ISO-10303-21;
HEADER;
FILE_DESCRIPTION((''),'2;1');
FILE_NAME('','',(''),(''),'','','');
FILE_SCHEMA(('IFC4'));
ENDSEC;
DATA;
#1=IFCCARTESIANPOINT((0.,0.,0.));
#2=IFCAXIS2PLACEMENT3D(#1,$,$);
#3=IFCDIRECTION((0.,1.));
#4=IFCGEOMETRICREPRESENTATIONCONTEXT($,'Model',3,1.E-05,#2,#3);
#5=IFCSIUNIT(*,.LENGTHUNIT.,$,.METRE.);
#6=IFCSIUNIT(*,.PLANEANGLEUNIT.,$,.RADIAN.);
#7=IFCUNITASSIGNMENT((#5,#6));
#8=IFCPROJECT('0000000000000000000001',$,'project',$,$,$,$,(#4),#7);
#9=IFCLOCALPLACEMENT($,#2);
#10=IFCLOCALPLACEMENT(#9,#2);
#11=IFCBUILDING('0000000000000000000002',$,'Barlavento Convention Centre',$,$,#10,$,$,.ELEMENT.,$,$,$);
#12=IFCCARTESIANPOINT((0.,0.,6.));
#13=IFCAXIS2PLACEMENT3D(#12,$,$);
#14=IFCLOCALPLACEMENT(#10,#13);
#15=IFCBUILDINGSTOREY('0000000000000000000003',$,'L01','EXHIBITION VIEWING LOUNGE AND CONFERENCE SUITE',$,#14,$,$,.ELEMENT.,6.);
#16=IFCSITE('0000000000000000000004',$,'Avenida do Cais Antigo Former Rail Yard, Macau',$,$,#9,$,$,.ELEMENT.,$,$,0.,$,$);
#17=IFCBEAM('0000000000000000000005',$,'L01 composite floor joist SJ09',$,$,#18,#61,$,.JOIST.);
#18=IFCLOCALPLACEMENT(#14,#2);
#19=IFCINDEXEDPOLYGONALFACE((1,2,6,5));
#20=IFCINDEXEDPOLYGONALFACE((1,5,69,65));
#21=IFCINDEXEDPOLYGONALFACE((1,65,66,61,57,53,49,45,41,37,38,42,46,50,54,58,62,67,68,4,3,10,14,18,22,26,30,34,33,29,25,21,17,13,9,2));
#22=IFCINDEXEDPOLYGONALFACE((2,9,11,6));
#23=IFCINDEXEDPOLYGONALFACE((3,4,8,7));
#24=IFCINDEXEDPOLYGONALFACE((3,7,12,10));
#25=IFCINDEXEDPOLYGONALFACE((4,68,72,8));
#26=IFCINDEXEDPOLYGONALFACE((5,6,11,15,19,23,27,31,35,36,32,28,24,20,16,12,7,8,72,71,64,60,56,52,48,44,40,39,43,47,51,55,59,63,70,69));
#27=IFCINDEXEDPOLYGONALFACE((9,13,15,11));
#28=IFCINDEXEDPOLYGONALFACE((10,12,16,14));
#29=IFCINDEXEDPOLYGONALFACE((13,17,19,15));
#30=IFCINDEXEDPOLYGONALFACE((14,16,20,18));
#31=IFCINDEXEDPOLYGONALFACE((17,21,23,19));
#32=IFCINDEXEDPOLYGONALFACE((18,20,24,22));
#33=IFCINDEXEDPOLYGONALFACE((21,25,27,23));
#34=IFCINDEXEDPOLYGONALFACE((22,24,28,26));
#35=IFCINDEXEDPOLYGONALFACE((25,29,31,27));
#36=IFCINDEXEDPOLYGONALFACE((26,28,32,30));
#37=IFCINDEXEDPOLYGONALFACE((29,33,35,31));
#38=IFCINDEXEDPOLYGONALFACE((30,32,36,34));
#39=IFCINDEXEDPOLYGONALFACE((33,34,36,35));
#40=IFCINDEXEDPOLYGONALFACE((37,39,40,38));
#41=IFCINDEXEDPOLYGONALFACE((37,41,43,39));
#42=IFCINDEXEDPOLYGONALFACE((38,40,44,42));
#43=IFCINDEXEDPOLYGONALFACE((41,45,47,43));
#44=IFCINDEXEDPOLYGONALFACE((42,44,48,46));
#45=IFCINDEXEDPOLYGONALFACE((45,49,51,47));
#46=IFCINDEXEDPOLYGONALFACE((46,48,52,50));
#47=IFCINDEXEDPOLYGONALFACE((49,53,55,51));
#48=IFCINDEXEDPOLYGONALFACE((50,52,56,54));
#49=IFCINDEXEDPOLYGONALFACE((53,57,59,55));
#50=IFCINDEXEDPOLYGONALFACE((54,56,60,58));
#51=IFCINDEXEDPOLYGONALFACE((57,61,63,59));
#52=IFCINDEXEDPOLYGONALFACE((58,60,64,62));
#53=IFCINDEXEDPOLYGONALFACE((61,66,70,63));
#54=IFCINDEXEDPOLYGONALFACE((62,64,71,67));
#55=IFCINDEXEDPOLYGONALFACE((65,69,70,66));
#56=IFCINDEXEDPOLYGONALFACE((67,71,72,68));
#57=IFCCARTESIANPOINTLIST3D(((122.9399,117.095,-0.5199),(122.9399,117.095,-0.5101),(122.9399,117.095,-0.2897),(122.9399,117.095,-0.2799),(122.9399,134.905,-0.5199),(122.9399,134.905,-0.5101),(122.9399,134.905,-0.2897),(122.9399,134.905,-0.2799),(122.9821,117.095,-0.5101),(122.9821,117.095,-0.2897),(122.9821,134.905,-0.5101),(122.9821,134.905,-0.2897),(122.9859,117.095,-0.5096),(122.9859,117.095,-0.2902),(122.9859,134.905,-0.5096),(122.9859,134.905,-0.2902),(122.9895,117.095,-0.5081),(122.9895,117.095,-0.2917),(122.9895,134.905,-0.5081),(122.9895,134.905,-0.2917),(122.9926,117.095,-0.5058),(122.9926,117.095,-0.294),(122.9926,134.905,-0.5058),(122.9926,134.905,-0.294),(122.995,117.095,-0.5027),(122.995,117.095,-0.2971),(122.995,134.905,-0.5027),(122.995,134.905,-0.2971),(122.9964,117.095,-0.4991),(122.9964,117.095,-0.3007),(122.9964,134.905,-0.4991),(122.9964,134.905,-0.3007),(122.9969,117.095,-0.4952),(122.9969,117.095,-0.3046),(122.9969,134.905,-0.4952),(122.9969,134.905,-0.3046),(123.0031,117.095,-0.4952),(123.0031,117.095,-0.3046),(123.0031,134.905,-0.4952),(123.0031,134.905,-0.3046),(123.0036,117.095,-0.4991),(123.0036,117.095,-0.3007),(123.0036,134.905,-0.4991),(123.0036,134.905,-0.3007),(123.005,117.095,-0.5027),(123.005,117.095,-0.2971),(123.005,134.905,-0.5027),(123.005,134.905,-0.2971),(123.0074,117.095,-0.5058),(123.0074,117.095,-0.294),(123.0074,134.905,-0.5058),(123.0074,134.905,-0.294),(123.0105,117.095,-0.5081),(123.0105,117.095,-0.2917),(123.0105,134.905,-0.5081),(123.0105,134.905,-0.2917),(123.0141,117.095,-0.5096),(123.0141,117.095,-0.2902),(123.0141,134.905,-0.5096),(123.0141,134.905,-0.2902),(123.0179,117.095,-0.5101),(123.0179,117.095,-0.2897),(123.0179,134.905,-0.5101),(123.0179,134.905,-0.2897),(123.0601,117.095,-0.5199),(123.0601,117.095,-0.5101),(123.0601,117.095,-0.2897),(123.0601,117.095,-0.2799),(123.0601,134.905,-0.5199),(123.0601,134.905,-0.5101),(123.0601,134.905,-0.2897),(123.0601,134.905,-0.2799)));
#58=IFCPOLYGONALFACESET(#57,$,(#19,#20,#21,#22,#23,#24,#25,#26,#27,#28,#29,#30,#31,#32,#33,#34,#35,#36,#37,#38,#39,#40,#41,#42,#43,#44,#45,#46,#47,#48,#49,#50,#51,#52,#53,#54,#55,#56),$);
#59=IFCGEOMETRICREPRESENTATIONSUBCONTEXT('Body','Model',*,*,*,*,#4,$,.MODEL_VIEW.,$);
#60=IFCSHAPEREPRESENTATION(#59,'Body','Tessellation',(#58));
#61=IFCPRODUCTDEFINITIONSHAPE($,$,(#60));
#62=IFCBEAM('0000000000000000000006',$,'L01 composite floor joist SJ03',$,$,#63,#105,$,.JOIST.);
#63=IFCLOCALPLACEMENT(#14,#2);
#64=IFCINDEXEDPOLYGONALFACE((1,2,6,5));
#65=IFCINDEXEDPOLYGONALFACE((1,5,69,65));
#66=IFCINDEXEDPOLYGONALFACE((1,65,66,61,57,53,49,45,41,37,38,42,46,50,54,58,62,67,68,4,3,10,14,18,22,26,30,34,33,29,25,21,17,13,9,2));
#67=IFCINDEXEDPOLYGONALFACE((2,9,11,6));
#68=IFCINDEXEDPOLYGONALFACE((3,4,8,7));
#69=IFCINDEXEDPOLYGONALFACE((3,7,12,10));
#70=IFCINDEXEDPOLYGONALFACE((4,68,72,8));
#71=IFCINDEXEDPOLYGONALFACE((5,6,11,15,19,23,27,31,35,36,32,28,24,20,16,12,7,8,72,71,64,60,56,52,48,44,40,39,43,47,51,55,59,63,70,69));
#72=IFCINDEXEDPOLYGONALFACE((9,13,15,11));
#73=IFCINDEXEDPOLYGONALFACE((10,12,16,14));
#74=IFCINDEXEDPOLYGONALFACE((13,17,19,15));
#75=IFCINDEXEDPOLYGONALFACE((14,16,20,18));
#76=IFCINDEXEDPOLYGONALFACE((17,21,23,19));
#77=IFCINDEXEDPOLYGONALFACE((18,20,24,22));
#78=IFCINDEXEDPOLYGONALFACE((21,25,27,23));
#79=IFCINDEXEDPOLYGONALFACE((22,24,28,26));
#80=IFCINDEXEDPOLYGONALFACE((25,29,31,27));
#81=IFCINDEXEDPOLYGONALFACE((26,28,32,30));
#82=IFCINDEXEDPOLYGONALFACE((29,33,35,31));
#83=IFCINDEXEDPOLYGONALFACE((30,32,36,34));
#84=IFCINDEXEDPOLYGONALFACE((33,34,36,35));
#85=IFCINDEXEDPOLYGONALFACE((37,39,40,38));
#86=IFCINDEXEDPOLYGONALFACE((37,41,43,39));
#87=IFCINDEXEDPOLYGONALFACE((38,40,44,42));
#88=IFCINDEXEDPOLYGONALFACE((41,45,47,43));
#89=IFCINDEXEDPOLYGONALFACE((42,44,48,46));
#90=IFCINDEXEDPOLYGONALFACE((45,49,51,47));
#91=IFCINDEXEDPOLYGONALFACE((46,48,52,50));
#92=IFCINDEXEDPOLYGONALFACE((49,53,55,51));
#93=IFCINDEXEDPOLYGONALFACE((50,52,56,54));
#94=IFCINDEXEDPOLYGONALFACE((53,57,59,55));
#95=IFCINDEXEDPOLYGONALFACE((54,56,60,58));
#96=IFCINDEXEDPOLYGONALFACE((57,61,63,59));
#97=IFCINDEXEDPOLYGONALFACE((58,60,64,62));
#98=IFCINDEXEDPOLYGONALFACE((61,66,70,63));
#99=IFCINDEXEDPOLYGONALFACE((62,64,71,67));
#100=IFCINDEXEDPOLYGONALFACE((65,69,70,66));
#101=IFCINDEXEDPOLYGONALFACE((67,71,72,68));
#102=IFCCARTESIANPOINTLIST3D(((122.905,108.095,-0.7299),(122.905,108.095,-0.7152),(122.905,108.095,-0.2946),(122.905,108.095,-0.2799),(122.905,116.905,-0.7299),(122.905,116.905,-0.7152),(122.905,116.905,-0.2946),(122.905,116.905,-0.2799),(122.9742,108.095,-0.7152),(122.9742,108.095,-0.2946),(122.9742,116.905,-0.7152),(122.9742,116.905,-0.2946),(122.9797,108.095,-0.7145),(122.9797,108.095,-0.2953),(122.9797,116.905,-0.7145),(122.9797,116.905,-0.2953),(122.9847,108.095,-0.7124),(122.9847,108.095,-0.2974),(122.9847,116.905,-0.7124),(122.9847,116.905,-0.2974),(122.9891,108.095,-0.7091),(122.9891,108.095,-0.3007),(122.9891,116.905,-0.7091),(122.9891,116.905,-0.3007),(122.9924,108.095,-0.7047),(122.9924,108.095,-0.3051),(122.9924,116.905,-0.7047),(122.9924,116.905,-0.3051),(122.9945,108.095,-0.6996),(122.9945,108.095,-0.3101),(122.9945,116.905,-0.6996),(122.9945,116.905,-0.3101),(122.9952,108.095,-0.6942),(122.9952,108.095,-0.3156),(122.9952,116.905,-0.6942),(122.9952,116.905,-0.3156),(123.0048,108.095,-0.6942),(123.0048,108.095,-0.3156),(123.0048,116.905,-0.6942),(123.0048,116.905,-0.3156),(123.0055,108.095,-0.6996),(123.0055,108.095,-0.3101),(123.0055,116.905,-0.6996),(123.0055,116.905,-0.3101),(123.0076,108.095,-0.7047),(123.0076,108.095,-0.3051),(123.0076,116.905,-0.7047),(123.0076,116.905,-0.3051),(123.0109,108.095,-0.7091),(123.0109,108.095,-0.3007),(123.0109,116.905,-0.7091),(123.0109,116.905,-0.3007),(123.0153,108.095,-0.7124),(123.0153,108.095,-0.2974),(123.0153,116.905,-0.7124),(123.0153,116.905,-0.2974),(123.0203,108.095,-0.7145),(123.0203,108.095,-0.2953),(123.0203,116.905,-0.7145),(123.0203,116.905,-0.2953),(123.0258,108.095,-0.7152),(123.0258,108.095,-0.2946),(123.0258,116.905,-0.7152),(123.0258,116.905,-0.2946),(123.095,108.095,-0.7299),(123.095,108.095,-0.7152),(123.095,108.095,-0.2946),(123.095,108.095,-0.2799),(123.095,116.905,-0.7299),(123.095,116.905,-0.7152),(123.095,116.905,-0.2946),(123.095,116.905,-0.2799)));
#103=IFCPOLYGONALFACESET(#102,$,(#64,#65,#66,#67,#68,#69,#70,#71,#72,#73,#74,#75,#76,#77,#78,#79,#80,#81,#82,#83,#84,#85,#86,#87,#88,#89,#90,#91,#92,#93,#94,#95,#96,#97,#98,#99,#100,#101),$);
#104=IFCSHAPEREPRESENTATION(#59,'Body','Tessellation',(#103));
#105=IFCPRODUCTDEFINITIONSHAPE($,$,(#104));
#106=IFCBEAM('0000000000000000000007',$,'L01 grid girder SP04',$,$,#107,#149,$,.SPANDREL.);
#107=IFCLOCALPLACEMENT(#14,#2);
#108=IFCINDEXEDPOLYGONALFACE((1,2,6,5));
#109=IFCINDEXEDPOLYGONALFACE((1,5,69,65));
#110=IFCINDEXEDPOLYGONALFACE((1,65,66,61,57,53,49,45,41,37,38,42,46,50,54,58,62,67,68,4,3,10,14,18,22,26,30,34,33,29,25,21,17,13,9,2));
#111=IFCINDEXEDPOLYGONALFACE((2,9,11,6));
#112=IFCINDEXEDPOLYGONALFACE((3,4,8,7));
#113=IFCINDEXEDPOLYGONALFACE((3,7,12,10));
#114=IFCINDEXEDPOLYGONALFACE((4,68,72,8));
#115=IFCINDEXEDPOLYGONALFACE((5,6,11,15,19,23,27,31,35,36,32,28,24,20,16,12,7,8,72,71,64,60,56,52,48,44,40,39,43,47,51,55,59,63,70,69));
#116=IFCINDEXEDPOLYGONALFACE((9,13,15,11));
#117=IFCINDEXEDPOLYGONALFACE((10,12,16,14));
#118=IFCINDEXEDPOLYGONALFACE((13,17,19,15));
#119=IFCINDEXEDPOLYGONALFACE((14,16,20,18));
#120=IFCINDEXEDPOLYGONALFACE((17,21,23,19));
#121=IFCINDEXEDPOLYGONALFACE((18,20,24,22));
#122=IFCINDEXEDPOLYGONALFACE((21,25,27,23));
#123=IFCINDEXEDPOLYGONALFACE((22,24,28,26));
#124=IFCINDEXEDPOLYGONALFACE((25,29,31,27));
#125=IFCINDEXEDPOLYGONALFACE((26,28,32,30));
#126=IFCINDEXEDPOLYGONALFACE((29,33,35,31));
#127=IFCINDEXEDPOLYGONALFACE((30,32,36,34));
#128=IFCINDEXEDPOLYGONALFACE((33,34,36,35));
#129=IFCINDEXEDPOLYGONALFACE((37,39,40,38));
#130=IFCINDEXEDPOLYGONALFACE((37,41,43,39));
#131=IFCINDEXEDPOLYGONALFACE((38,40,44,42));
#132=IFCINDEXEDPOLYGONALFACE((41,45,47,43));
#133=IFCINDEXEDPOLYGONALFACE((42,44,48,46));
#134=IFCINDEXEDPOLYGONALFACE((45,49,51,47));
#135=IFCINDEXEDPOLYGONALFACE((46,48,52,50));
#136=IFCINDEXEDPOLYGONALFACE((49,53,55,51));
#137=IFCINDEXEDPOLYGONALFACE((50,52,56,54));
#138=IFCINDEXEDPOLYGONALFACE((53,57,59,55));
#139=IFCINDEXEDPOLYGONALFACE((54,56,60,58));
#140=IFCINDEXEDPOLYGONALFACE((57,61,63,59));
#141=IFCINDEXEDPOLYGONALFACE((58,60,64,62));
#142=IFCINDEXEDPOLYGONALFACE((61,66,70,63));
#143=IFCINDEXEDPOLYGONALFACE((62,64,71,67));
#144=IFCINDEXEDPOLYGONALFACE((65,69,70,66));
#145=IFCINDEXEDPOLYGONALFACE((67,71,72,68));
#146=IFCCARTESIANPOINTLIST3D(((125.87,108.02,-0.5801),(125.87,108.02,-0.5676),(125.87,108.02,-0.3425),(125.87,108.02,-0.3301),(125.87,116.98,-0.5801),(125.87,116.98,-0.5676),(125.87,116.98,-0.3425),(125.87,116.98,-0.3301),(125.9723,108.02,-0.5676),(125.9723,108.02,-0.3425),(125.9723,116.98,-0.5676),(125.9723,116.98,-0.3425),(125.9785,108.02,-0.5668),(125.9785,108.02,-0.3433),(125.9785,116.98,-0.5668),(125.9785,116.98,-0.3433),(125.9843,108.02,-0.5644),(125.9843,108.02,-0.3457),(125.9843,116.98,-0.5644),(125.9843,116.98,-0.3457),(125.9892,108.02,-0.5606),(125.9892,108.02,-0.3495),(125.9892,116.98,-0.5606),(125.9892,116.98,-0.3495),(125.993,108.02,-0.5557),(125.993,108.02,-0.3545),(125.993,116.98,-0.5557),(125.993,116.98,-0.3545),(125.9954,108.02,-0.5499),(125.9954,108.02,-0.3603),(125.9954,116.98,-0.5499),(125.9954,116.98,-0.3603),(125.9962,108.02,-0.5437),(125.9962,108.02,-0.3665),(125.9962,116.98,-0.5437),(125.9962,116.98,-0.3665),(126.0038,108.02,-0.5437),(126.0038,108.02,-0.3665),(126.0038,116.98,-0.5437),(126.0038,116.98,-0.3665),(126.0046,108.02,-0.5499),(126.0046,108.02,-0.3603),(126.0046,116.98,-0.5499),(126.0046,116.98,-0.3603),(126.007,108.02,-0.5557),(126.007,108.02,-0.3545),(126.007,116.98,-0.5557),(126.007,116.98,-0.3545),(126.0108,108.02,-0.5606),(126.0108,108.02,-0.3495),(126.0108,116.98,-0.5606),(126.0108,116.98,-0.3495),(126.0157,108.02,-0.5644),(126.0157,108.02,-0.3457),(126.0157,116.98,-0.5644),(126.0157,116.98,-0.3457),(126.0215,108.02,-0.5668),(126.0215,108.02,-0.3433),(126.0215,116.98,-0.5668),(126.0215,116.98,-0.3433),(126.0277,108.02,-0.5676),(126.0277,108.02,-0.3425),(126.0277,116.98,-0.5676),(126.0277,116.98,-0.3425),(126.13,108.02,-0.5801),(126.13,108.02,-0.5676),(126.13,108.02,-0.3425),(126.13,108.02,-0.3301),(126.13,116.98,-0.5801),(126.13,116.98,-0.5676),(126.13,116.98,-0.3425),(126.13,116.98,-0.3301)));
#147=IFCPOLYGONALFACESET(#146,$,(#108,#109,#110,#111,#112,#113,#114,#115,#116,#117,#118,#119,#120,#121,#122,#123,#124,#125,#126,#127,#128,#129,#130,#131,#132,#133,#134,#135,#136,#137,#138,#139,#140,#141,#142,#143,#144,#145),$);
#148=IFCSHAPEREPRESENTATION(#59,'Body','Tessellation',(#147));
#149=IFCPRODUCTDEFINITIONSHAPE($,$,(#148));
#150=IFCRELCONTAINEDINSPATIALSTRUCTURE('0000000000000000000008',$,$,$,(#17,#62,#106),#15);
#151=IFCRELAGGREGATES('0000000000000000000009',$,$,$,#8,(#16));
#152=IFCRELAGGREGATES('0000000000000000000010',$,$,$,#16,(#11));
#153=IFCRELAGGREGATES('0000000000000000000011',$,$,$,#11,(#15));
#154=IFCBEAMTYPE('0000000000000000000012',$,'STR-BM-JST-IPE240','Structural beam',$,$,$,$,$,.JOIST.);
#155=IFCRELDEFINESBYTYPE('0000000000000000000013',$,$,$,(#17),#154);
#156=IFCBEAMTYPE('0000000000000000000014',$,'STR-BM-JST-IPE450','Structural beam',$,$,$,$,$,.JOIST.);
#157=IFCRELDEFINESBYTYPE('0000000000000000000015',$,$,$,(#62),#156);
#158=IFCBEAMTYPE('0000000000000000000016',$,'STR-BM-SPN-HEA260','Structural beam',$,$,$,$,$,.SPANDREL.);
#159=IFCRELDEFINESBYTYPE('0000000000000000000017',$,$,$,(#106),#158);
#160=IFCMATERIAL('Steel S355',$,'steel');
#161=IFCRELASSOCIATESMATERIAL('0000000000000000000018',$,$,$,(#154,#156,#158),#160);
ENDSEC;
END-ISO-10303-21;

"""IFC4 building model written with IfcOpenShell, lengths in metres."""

from ifc_helpers import new_model, si_unit, direction, frame, origin, origin_2d, place, context, subcontext, project, spatial, i_section, extrude, material, material_profile, profile_set, type_object, element, save


model = new_model("IFC4")

# Units and contexts
model_context = context("Model", 3, precision=1e-05, world=origin(), true_north=direction((0.0, 1.0)))
body_context = subcontext(model_context, "Body", "Model", "MODEL_VIEW")
ifc_project = project(units=[si_unit("LENGTHUNIT", "METRE"), si_unit("PLANEANGLEUNIT", "RADIAN")], contexts=[model_context])

# Site, building, storey
site_placement = place(None, origin())
site = spatial("IfcSite", under=ifc_project, at=site_placement, Name="Avenida do Cais Antigo Former Rail Yard, Macau", CompositionType="ELEMENT", RefElevation=0.0)
building_placement = place(site_placement, origin())
building = spatial("IfcBuilding", under=site, at=building_placement, Name="Barlavento Convention Centre", CompositionType="ELEMENT")
storey_placement = place(building_placement, frame((0.0, 0.0, 6.0)))
storey = spatial("IfcBuildingStorey", under=building, at=storey_placement, Name="L01", Description="EXHIBITION VIEWING LOUNGE AND CONFERENCE SUITE", CompositionType="ELEMENT", Elevation=6.0)

# Shared definitions
ifc_material_1 = material(Name="Steel S355", Category="steel")

# Beams
ifc_material_profile_1 = material_profile(ifc_material_1, i_section(OverallWidth=0.1201, OverallDepth=0.24, WebThickness=0.0061, FlangeThickness=0.0098, FilletRadius=0.0149, at=origin_2d()), Name="IPE 240")
ifc_profile_set_1 = profile_set([ifc_material_profile_1], Name="Steel S355")
beam_type_1 = type_object("IfcBeamType", Name="STR-BM-JST-IPE240", Description="Structural beam", PredefinedType="JOIST", material=ifc_profile_set_1)
beam_1_placement = place(storey_placement, frame((123.0, 117.095, -0.3999), z_axis=(0.0, 1.0, 0.0), x_axis=(-1.0, 0.0, 0.0)))
element("IfcBeam", 1, at=beam_1_placement, inside=storey, type_object=beam_type_1, Name="L01 composite floor joist SJ09", PredefinedType="JOIST", context=body_context, shape_type="SweptSolid", body=[
    extrude(i_section(OverallWidth=0.1201, OverallDepth=0.24, WebThickness=0.0061, FlangeThickness=0.0098, FilletRadius=0.0149, at=origin_2d()), origin(), (0.0, 0.0, 1.0), 17.8101),
])
ifc_material_profile_2 = material_profile(ifc_material_1, i_section(OverallWidth=0.1899, OverallDepth=0.45, WebThickness=0.0095, FlangeThickness=0.0146, FilletRadius=0.021, at=origin_2d()), Name="IPE 450")
ifc_profile_set_2 = profile_set([ifc_material_profile_2], Name="Steel S355")
beam_type_2 = type_object("IfcBeamType", Name="STR-BM-JST-IPE450", Description="Structural beam", PredefinedType="JOIST", material=ifc_profile_set_2)
beam_2_placement = place(storey_placement, frame((123.0, 108.095, -0.5049), z_axis=(0.0, 1.0, 0.0), x_axis=(-1.0, 0.0, 0.0)))
element("IfcBeam", 2, at=beam_2_placement, inside=storey, type_object=beam_type_2, Name="L01 composite floor joist SJ03", PredefinedType="JOIST", context=body_context, shape_type="SweptSolid", body=[
    extrude(i_section(OverallWidth=0.1899, OverallDepth=0.45, WebThickness=0.0095, FlangeThickness=0.0146, FilletRadius=0.021, at=origin_2d()), origin(), (0.0, 0.0, 1.0), 8.8101),
])
ifc_material_profile_3 = material_profile(ifc_material_1, i_section(OverallWidth=0.26, OverallDepth=0.25, WebThickness=0.0076, FlangeThickness=0.0125, FilletRadius=0.0239, at=origin_2d()), Name="HEA 260")
ifc_profile_set_3 = profile_set([ifc_material_profile_3], Name="Steel S355")
beam_type_3 = type_object("IfcBeamType", Name="STR-BM-SPN-HEA260", Description="Structural beam", PredefinedType="SPANDREL", material=ifc_profile_set_3)
beam_3_placement = place(storey_placement, frame((126.0, 108.02, -0.4551), z_axis=(0.0, 1.0, 0.0), x_axis=(-1.0, 0.0, 0.0)))
element("IfcBeam", 3, at=beam_3_placement, inside=storey, type_object=beam_type_3, Name="L01 grid girder SP04", PredefinedType="SPANDREL", context=body_context, shape_type="SweptSolid", body=[
    extrude(i_section(OverallWidth=0.26, OverallDepth=0.25, WebThickness=0.0076, FlangeThickness=0.0125, FilletRadius=0.0239, at=origin_2d()), origin(), (0.0, 0.0, 1.0), 8.96),
])

save(model, "model.ifc")
